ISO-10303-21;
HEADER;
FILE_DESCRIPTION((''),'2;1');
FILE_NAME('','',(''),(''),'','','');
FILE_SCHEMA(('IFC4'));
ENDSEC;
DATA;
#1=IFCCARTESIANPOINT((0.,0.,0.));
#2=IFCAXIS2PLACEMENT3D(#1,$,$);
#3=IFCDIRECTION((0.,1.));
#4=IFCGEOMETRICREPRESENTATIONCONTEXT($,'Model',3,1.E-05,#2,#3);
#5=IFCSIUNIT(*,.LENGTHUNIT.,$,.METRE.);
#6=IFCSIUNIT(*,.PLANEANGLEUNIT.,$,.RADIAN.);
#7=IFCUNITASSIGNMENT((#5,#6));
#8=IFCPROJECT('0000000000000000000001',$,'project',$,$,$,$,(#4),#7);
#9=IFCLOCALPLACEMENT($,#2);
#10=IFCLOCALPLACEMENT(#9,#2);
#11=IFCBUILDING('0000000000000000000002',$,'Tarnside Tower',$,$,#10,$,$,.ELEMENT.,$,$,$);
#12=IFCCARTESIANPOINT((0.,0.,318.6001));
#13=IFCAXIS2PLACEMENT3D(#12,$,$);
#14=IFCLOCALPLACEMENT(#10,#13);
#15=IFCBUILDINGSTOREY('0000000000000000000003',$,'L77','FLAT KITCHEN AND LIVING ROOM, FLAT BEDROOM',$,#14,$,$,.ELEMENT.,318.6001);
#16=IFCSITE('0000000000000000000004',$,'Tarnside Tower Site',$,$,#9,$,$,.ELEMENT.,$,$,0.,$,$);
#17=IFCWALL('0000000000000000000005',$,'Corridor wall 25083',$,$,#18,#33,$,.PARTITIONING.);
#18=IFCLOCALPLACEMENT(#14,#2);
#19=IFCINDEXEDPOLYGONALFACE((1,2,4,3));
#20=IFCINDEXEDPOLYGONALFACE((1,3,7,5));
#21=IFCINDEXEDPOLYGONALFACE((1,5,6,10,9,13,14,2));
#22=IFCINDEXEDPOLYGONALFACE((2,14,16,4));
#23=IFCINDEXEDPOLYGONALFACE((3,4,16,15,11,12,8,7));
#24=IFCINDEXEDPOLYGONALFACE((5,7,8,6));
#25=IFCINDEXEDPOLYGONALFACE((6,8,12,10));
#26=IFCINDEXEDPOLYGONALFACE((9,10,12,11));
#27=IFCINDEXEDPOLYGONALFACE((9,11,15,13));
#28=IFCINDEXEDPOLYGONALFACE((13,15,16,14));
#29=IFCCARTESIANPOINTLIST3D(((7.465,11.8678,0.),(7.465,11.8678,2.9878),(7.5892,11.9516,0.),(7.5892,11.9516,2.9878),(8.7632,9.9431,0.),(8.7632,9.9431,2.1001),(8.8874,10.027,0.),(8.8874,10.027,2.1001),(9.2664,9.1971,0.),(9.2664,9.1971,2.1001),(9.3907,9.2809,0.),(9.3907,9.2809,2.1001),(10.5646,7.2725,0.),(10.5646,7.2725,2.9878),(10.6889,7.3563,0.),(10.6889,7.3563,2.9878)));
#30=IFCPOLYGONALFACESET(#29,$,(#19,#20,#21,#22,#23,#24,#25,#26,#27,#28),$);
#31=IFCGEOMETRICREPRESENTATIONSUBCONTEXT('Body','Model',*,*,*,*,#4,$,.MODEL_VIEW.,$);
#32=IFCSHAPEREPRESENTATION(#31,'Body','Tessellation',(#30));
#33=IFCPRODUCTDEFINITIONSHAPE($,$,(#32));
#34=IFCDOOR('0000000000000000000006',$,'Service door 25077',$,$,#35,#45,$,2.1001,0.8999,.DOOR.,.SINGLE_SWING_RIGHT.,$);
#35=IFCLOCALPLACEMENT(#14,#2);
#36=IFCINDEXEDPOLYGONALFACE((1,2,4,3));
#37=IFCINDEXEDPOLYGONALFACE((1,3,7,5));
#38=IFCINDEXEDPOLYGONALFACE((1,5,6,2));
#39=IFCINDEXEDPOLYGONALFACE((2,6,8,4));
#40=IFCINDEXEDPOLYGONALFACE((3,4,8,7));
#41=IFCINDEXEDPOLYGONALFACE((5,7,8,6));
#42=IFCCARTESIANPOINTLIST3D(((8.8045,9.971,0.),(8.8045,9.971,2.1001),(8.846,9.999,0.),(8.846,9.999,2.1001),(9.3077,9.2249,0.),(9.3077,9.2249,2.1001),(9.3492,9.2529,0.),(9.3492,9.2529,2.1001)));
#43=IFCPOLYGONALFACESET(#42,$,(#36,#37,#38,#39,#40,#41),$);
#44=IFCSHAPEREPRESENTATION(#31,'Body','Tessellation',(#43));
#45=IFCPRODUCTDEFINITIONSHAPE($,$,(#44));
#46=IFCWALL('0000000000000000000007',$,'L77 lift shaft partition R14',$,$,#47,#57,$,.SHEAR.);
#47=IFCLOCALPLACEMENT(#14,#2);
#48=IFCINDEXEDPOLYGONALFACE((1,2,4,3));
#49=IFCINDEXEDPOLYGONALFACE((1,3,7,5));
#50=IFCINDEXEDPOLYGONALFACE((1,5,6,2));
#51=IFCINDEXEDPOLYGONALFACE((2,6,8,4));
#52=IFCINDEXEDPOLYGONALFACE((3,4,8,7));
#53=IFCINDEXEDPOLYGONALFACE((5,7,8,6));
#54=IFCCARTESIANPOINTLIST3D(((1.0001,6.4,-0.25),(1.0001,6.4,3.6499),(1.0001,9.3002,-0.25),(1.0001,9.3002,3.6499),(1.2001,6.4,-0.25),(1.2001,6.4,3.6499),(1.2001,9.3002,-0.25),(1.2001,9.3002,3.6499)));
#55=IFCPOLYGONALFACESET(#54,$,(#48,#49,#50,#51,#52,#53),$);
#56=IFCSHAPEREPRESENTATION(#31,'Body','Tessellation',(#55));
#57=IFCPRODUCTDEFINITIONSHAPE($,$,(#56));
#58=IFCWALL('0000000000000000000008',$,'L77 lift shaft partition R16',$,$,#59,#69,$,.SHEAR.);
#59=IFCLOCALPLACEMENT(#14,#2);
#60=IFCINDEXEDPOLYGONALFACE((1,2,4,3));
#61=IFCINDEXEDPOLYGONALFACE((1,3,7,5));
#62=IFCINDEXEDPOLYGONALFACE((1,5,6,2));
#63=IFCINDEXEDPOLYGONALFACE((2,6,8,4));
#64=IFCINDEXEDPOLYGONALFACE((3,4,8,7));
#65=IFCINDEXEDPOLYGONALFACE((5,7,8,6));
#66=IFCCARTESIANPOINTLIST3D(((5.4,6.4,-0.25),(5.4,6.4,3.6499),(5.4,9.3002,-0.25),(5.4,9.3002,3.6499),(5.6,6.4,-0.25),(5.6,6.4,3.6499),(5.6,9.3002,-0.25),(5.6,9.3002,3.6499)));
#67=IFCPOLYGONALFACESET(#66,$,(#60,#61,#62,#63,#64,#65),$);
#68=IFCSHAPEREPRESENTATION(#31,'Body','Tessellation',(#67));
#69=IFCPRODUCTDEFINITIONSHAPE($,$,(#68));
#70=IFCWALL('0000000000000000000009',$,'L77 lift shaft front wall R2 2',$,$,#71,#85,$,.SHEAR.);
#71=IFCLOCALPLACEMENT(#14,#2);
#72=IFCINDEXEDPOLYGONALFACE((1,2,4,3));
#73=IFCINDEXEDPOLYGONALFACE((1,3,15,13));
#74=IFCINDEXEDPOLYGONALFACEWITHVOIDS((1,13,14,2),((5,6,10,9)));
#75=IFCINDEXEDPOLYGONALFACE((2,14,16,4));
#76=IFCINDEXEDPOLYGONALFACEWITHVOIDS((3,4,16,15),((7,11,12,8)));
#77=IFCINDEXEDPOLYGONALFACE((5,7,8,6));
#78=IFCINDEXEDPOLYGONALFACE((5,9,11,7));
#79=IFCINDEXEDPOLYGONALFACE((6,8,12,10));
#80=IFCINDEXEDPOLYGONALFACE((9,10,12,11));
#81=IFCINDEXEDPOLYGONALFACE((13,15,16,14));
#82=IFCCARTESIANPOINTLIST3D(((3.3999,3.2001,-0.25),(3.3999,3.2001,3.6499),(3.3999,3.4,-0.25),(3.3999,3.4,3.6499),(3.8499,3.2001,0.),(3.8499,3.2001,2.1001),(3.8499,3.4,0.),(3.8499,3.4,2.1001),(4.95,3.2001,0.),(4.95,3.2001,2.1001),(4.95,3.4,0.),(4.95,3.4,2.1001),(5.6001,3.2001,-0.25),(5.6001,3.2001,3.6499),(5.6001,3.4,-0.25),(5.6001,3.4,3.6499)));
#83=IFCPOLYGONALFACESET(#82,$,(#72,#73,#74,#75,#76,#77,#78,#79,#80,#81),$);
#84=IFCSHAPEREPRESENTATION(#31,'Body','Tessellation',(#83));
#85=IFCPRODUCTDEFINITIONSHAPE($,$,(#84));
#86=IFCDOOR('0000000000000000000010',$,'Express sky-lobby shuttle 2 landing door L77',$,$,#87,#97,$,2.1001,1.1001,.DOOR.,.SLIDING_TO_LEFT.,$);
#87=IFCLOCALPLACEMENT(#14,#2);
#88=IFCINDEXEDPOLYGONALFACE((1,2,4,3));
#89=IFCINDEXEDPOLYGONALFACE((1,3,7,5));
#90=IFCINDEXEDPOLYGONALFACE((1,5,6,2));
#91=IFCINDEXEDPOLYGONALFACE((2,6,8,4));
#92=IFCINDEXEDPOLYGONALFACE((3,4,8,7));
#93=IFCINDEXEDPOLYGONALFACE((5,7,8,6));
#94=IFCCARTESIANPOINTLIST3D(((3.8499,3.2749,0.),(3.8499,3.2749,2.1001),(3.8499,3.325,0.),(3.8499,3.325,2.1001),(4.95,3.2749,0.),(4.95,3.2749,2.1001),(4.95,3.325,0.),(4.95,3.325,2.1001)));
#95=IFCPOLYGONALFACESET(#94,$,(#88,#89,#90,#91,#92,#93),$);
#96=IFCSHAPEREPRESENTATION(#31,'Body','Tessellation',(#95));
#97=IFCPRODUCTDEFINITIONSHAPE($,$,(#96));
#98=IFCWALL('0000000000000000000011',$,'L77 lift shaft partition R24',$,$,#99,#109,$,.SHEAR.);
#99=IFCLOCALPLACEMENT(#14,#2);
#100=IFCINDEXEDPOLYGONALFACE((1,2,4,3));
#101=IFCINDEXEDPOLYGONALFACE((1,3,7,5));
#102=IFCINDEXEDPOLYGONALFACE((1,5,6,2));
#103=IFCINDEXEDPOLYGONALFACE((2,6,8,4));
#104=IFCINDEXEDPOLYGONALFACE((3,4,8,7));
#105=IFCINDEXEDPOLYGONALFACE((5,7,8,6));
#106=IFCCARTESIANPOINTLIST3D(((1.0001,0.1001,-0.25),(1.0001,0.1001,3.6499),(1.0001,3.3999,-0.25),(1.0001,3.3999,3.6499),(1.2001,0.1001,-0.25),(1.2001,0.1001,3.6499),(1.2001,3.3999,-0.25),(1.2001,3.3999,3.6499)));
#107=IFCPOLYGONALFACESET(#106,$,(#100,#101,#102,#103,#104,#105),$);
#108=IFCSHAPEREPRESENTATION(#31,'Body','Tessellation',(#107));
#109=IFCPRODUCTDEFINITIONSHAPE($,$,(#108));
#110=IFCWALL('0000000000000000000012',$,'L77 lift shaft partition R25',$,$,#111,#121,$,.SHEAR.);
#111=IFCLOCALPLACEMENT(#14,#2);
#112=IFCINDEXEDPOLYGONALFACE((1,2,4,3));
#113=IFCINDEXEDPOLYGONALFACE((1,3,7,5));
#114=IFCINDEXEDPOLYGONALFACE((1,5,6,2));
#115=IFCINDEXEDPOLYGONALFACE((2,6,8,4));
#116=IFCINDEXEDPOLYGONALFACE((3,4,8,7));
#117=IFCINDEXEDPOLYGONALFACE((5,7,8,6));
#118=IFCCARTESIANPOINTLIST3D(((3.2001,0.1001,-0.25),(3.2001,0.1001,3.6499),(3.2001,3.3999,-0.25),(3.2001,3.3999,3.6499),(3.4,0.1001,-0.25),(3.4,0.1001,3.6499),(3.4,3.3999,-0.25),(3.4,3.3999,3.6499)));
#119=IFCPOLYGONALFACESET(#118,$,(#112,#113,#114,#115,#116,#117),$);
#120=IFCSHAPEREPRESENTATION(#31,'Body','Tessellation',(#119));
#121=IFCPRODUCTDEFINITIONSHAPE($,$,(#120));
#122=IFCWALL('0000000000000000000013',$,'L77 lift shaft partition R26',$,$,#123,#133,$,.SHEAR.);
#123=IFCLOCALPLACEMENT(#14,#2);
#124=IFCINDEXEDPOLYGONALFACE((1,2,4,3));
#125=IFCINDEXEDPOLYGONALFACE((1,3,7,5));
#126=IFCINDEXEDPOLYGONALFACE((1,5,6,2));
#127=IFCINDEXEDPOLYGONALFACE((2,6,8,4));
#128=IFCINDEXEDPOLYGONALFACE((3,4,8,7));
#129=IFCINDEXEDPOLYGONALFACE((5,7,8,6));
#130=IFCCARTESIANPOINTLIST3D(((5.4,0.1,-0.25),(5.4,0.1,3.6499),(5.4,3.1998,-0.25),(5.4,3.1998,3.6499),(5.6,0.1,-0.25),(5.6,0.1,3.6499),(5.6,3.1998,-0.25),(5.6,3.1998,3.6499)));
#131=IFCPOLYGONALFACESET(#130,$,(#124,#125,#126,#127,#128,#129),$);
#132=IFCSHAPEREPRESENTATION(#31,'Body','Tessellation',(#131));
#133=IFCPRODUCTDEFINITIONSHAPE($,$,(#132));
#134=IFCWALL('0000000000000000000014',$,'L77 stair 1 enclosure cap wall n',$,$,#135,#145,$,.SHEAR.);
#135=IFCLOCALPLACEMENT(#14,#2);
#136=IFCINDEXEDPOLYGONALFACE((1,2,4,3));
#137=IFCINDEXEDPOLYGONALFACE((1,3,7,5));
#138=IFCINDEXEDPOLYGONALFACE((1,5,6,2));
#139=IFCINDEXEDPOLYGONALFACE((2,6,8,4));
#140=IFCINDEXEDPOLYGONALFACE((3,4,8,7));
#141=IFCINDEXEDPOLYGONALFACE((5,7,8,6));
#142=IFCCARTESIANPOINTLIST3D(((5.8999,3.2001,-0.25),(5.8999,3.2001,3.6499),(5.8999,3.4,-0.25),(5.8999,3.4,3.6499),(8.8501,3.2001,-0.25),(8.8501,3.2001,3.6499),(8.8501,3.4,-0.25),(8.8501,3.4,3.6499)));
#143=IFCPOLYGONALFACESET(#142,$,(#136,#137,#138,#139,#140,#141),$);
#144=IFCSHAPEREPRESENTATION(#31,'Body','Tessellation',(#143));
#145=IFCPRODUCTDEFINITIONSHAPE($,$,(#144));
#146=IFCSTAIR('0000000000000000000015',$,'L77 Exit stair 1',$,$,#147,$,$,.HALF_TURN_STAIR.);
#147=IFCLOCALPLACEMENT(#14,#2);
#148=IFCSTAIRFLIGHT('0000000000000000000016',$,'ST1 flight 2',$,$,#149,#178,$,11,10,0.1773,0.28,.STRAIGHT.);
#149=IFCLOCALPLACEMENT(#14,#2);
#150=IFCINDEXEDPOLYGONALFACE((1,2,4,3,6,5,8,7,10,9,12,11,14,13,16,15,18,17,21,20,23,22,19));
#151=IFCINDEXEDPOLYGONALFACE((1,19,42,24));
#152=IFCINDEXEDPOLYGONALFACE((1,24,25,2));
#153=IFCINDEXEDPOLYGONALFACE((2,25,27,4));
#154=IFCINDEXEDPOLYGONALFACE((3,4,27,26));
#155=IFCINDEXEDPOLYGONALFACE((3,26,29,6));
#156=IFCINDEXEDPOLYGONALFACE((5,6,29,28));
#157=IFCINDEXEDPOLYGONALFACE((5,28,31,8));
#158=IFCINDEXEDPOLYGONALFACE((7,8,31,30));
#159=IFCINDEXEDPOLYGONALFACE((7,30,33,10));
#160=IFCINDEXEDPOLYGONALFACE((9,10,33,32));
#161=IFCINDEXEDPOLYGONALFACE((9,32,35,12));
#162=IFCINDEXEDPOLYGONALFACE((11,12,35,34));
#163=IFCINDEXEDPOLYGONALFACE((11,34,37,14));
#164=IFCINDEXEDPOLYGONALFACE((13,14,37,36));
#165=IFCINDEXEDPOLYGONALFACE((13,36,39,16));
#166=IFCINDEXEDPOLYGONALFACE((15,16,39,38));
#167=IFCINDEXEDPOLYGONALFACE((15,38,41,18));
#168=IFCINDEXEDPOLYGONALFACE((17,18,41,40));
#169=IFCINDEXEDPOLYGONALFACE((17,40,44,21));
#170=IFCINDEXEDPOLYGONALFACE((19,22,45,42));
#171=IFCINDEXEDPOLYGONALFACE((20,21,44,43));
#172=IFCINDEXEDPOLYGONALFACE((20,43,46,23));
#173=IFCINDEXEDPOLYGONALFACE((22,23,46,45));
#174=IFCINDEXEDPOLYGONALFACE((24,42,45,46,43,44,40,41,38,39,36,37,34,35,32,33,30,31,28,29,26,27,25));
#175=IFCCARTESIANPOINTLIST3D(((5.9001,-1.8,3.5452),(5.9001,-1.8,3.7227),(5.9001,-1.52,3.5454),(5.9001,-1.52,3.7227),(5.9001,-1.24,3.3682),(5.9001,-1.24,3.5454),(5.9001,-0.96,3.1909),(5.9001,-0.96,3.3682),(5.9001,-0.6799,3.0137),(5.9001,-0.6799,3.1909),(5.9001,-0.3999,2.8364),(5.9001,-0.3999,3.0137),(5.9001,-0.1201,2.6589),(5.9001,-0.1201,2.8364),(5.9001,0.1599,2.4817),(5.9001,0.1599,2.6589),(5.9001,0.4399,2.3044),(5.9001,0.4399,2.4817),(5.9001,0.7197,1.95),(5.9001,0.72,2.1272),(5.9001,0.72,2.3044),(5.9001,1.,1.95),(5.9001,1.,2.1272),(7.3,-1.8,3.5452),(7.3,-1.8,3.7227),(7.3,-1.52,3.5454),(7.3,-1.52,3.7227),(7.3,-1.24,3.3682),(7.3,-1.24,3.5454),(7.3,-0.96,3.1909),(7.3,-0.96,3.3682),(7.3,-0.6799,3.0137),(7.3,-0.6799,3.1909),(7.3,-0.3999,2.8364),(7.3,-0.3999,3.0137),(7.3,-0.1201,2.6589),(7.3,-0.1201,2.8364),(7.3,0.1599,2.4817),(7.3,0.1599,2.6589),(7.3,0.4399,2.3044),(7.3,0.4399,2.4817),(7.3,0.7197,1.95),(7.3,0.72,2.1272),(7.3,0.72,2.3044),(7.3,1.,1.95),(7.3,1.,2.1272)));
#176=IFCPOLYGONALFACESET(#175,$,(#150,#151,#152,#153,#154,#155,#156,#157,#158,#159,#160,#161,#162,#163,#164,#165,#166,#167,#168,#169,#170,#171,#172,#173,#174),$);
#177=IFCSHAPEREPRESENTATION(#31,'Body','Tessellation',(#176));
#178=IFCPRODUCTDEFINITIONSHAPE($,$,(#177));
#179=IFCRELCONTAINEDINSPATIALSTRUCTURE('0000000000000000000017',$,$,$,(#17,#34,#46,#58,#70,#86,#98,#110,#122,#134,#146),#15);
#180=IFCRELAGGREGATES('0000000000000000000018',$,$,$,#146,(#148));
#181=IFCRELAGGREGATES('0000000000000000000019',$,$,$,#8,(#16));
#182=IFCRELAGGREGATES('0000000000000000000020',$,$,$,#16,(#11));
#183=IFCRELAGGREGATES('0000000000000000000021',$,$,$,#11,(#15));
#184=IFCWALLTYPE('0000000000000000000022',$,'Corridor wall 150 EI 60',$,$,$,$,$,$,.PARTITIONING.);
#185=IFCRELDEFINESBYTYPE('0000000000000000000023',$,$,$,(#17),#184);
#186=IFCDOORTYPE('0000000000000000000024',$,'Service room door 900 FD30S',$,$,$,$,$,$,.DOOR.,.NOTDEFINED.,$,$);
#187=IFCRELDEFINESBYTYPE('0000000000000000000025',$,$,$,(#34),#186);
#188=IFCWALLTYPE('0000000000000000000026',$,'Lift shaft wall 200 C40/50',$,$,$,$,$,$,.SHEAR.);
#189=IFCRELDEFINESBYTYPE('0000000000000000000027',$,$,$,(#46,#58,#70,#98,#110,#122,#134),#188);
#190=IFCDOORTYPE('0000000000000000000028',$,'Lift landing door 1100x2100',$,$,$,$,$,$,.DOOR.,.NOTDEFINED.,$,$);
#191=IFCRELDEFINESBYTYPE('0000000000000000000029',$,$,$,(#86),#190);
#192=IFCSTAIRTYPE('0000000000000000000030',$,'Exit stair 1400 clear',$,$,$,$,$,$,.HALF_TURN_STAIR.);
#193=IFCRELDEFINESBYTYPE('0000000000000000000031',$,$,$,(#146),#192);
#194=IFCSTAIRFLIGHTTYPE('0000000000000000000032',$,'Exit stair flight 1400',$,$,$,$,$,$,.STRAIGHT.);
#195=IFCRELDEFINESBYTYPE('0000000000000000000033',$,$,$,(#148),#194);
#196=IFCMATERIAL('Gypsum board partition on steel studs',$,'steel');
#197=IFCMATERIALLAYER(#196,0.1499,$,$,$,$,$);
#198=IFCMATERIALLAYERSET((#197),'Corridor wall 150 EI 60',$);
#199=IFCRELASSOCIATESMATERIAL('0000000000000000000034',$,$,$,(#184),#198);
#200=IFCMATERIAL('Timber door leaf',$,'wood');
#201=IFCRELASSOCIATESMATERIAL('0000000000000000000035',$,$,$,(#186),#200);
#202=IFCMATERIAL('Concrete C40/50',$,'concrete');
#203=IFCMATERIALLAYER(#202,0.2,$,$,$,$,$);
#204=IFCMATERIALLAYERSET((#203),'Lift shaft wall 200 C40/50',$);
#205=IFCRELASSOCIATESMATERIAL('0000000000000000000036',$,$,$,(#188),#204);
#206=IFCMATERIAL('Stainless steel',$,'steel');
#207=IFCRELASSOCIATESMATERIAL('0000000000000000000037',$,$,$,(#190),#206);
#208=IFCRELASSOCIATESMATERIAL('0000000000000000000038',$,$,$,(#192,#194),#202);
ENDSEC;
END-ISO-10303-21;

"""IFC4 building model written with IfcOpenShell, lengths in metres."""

from ifc_helpers import new_model, si_unit, direction, frame, frame_2d, origin, place, context, subcontext, project, spatial, polyline, rectangle, outline, extrude, material, layer, layer_set, type_object, element, fill, aggregate, save


model = new_model("IFC4")

# Units and contexts
model_context = context("Model", 3, precision=1e-05, world=origin(), true_north=direction((0.0, 1.0)))
body_context = subcontext(model_context, "Body", "Model", "MODEL_VIEW")
ifc_project = project(units=[si_unit("LENGTHUNIT", "METRE"), si_unit("PLANEANGLEUNIT", "RADIAN")], contexts=[model_context])

# Site, building, storey
site_placement = place(None, origin())
site = spatial("IfcSite", under=ifc_project, at=site_placement, Name="Tarnside Tower Site", CompositionType="ELEMENT", RefElevation=0.0)
building_placement = place(site_placement, origin())
building = spatial("IfcBuilding", under=site, at=building_placement, Name="Tarnside Tower", CompositionType="ELEMENT")
storey_placement = place(building_placement, frame((0.0, 0.0, 318.6001)))
storey = spatial("IfcBuildingStorey", under=building, at=storey_placement, Name="L77", Description="FLAT KITCHEN AND LIVING ROOM, FLAT BEDROOM", CompositionType="ELEMENT", Elevation=318.6001)

# Shared definitions
ifc_material_1 = material(Name="Gypsum board partition on steel studs", Category="steel")
ifc_layer_1 = layer(ifc_material_1, 0.1499)
ifc_layer_set_1 = layer_set([ifc_layer_1], Name="Corridor wall 150 EI 60")
wall_type_1 = type_object("IfcWallType", Name="Corridor wall 150 EI 60", PredefinedType="PARTITIONING", material=ifc_layer_set_1)

# Shared definitions
ifc_material_2 = material(Name="Timber door leaf", Category="wood")

# Wall, opening, door
wall_1_placement = place(storey_placement, frame((7.5271, 11.9097, 0.0), z_axis=(0.0, 0.0, 1.0), x_axis=(0.559205, -0.829029, 0.0)))
wall_1 = element("IfcWall", 1, at=wall_1_placement, inside=storey, type_object=wall_type_1, Name="Corridor wall 25083", PredefinedType="PARTITIONING", context=body_context, shape_type="SweptSolid", body=[
    extrude(rectangle(XDim=5.543, YDim=0.1499, at=frame_2d((2.7715, 0.0))), origin(), (0.0, 0.0, 1.0), 2.9878),
])
opening_1_placement = place(wall_1_placement, frame((2.3215, 0.0, 0.0)))
opening_1 = element("IfcOpeningElement", 2, at=opening_1_placement, cuts=wall_1, PredefinedType="OPENING", context=body_context, shape_type="SweptSolid", body=[
    extrude(rectangle(XDim=0.8999, YDim=2.1001, at=frame_2d((0.45, 1.05))), frame((0.0, 0.085, 0.0), z_axis=(0.0, -1.0, 0.0), x_axis=(1.0, 0.0, 0.0)), (0.0, 0.0, 1.0), 0.1699),
])
door_type_1 = type_object("IfcDoorType", Name="Service room door 900 FD30S", OperationType="NOTDEFINED", PredefinedType="DOOR", material=ifc_material_2)
door_1_placement = place(opening_1_placement, origin())
door_1 = element("IfcDoor", 3, at=door_1_placement, inside=storey, type_object=door_type_1, Name="Service door 25077", OperationType="SINGLE_SWING_RIGHT", OverallHeight=2.1001, OverallWidth=0.8999, PredefinedType="DOOR", context=body_context, shape_type="SweptSolid", body=[
    extrude(rectangle(XDim=0.8999, YDim=2.1001, at=frame_2d((0.45, 1.05))), frame((0.0, 0.0249, 0.0), z_axis=(0.0, -1.0, 0.0), x_axis=(1.0, 0.0, 0.0)), (0.0, 0.0, 1.0), 0.05),
])
fill(opening_1, door_1)

# Walls
ifc_material_3 = material(Name="Concrete C40/50", Category="concrete")
ifc_layer_2 = layer(ifc_material_3, 0.2)
ifc_layer_set_2 = layer_set([ifc_layer_2], Name="Lift shaft wall 200 C40/50")
wall_type_2 = type_object("IfcWallType", Name="Lift shaft wall 200 C40/50", PredefinedType="SHEAR", material=ifc_layer_set_2)
for number, where, z_axis, x_axis, name in (
    (4, (1.1001, 6.3999, -0.25), (0.0, 0.0, 1.0), (0.0, 1.0, 0.0), "L77 lift shaft partition R14"),
    (5, (5.5, 6.3999, -0.25), (0.0, 0.0, 1.0), (0.0, 1.0, 0.0), "L77 lift shaft partition R16"),
):
    element("IfcWall", number, at=place(storey_placement, frame(where, z_axis=z_axis, x_axis=x_axis)), inside=storey, type_object=wall_type_2, Name=name, PredefinedType="SHEAR", context=body_context, shape_type="SweptSolid", body=[
        extrude(rectangle(XDim=2.9001, YDim=0.2, at=frame_2d((1.4502, 0.0))), origin(), (0.0, 0.0, 1.0), 3.8999),
    ])

# Wall, opening, door
wall_2_placement = place(storey_placement, frame((3.3999, 3.3, -0.25), z_axis=(0.0, 0.0, 1.0), x_axis=(1.0, 0.0, 0.0)))
wall_2 = element("IfcWall", 6, at=wall_2_placement, inside=storey, type_object=wall_type_2, Name="L77 lift shaft front wall R2 2", PredefinedType="SHEAR", context=body_context, shape_type="SweptSolid", body=[
    extrude(rectangle(XDim=2.2002, YDim=0.2, at=frame_2d((1.1001, 0.0))), origin(), (0.0, 0.0, 1.0), 3.8999),
])
opening_2_placement = place(wall_2_placement, frame((0.45, 0.0, 0.25)))
opening_2 = element("IfcOpeningElement", 7, at=opening_2_placement, cuts=wall_2, PredefinedType="OPENING", context=body_context, shape_type="SweptSolid", body=[
    extrude(rectangle(XDim=1.1001, YDim=2.1001, at=frame_2d((0.55, 1.05))), frame((0.0, 0.1099, 0.0), z_axis=(0.0, -1.0, 0.0), x_axis=(1.0, 0.0, 0.0)), (0.0, 0.0, 1.0), 0.22),
])
ifc_material_4 = material(Name="Stainless steel", Category="steel")
door_type_2 = type_object("IfcDoorType", Name="Lift landing door 1100x2100", OperationType="NOTDEFINED", PredefinedType="DOOR", material=ifc_material_4)
door_2_placement = place(opening_2_placement, origin())
door_2 = element("IfcDoor", 8, at=door_2_placement, inside=storey, type_object=door_type_2, Name="Express sky-lobby shuttle 2 landing door L77", OperationType="SLIDING_TO_LEFT", OverallHeight=2.1001, OverallWidth=1.1001, PredefinedType="DOOR", context=body_context, shape_type="SweptSolid", body=[
    extrude(rectangle(XDim=1.1001, YDim=2.1001, at=frame_2d((0.55, 1.05))), frame((0.0, 0.0249, 0.0), z_axis=(0.0, -1.0, 0.0), x_axis=(1.0, 0.0, 0.0)), (0.0, 0.0, 1.0), 0.05),
])
fill(opening_2, door_2)

# Walls
for number, where, z_axis, x_axis, name in (
    (9, (1.1001, 0.1001, -0.25), (0.0, 0.0, 1.0), (0.0, 1.0, 0.0), "L77 lift shaft partition R24"),
    (10, (3.3, 0.1001, -0.25), (0.0, 0.0, 1.0), (0.0, 1.0, 0.0), "L77 lift shaft partition R25"),
):
    element("IfcWall", number, at=place(storey_placement, frame(where, z_axis=z_axis, x_axis=x_axis)), inside=storey, type_object=wall_type_2, Name=name, PredefinedType="SHEAR", context=body_context, shape_type="SweptSolid", body=[
        extrude(rectangle(XDim=3.2998, YDim=0.2, at=frame_2d((1.6499, 0.0))), origin(), (0.0, 0.0, 1.0), 3.8999),
    ])
wall_3_placement = place(storey_placement, frame((5.5, 0.1001, -0.25), z_axis=(0.0, 0.0, 1.0), x_axis=(0.0, 1.0, 0.0)))
element("IfcWall", 11, at=wall_3_placement, inside=storey, type_object=wall_type_2, Name="L77 lift shaft partition R26", PredefinedType="SHEAR", context=body_context, shape_type="SweptSolid", body=[
    extrude(rectangle(XDim=3.0999, YDim=0.2, at=frame_2d((1.5498, 0.0))), origin(), (0.0, 0.0, 1.0), 3.8999),
])
wall_4_placement = place(storey_placement, frame((5.8999, 3.3, -0.25), z_axis=(0.0, 0.0, 1.0), x_axis=(1.0, 0.0, 0.0)))
element("IfcWall", 12, at=wall_4_placement, inside=storey, type_object=wall_type_2, Name="L77 stair 1 enclosure cap wall n", PredefinedType="SHEAR", context=body_context, shape_type="SweptSolid", body=[
    extrude(rectangle(XDim=2.9502, YDim=0.2, at=frame_2d((1.4751, 0.0))), origin(), (0.0, 0.0, 1.0), 3.8999),
])

# Stair, stair flight
stair_type = type_object("IfcStairType", Name="Exit stair 1400 clear", PredefinedType="HALF_TURN_STAIR", material=ifc_material_3)
stair_placement = place(storey_placement, origin())
stair = element("IfcStair", 13, at=stair_placement, inside=storey, type_object=stair_type, Name="L77 Exit stair 1", PredefinedType="HALF_TURN_STAIR")
stair_flight_type = type_object("IfcStairFlightType", Name="Exit stair flight 1400", PredefinedType="STRAIGHT", material=ifc_material_3)
stair_flight_placement = place(storey_placement, frame((6.6001, 1.0, 1.95), z_axis=(0.0, 0.0, 1.0), x_axis=(0.0, -1.0, 0.0)))
stair_flight = element("IfcStairFlight", 14, at=stair_flight_placement, type_object=stair_flight_type, Name="ST1 flight 2", NumberOfRisers=11, NumberOfTreads=10, PredefinedType="STRAIGHT", RiserHeight=0.1773, TreadLength=0.28, context=body_context, shape_type="SweptSolid", body=[
    extrude(outline(polyline([(0.0, 0.0), (0.0, 0.1772), (0.28, 0.1772), (0.28, 0.3545), (0.5601, 0.3545), (0.5601, 0.5317), (0.8401, 0.5317), (0.8401, 0.709), (1.1201, 0.709), (1.1201, 0.8865), (1.3999, 0.8865), (1.3999, 1.0637), (1.6799, 1.0637), (1.6799, 1.241), (1.96, 1.241), (1.96, 1.4182), (2.24, 1.4182), (2.24, 1.5955), (2.52, 1.5955), (2.52, 1.7727), (2.8, 1.7727), (2.8, 1.95), (2.8, 1.5952), (0.2803, 0.0), (0.0, 0.0)])), frame((0.0, 0.7, 0.0), z_axis=(0.0, -1.0, 0.0), x_axis=(1.0, 0.0, 0.0)), (0.0, 0.0, 1.0), 1.3999),
])
aggregate(stair, [stair_flight])

save(model, "model.ifc")
